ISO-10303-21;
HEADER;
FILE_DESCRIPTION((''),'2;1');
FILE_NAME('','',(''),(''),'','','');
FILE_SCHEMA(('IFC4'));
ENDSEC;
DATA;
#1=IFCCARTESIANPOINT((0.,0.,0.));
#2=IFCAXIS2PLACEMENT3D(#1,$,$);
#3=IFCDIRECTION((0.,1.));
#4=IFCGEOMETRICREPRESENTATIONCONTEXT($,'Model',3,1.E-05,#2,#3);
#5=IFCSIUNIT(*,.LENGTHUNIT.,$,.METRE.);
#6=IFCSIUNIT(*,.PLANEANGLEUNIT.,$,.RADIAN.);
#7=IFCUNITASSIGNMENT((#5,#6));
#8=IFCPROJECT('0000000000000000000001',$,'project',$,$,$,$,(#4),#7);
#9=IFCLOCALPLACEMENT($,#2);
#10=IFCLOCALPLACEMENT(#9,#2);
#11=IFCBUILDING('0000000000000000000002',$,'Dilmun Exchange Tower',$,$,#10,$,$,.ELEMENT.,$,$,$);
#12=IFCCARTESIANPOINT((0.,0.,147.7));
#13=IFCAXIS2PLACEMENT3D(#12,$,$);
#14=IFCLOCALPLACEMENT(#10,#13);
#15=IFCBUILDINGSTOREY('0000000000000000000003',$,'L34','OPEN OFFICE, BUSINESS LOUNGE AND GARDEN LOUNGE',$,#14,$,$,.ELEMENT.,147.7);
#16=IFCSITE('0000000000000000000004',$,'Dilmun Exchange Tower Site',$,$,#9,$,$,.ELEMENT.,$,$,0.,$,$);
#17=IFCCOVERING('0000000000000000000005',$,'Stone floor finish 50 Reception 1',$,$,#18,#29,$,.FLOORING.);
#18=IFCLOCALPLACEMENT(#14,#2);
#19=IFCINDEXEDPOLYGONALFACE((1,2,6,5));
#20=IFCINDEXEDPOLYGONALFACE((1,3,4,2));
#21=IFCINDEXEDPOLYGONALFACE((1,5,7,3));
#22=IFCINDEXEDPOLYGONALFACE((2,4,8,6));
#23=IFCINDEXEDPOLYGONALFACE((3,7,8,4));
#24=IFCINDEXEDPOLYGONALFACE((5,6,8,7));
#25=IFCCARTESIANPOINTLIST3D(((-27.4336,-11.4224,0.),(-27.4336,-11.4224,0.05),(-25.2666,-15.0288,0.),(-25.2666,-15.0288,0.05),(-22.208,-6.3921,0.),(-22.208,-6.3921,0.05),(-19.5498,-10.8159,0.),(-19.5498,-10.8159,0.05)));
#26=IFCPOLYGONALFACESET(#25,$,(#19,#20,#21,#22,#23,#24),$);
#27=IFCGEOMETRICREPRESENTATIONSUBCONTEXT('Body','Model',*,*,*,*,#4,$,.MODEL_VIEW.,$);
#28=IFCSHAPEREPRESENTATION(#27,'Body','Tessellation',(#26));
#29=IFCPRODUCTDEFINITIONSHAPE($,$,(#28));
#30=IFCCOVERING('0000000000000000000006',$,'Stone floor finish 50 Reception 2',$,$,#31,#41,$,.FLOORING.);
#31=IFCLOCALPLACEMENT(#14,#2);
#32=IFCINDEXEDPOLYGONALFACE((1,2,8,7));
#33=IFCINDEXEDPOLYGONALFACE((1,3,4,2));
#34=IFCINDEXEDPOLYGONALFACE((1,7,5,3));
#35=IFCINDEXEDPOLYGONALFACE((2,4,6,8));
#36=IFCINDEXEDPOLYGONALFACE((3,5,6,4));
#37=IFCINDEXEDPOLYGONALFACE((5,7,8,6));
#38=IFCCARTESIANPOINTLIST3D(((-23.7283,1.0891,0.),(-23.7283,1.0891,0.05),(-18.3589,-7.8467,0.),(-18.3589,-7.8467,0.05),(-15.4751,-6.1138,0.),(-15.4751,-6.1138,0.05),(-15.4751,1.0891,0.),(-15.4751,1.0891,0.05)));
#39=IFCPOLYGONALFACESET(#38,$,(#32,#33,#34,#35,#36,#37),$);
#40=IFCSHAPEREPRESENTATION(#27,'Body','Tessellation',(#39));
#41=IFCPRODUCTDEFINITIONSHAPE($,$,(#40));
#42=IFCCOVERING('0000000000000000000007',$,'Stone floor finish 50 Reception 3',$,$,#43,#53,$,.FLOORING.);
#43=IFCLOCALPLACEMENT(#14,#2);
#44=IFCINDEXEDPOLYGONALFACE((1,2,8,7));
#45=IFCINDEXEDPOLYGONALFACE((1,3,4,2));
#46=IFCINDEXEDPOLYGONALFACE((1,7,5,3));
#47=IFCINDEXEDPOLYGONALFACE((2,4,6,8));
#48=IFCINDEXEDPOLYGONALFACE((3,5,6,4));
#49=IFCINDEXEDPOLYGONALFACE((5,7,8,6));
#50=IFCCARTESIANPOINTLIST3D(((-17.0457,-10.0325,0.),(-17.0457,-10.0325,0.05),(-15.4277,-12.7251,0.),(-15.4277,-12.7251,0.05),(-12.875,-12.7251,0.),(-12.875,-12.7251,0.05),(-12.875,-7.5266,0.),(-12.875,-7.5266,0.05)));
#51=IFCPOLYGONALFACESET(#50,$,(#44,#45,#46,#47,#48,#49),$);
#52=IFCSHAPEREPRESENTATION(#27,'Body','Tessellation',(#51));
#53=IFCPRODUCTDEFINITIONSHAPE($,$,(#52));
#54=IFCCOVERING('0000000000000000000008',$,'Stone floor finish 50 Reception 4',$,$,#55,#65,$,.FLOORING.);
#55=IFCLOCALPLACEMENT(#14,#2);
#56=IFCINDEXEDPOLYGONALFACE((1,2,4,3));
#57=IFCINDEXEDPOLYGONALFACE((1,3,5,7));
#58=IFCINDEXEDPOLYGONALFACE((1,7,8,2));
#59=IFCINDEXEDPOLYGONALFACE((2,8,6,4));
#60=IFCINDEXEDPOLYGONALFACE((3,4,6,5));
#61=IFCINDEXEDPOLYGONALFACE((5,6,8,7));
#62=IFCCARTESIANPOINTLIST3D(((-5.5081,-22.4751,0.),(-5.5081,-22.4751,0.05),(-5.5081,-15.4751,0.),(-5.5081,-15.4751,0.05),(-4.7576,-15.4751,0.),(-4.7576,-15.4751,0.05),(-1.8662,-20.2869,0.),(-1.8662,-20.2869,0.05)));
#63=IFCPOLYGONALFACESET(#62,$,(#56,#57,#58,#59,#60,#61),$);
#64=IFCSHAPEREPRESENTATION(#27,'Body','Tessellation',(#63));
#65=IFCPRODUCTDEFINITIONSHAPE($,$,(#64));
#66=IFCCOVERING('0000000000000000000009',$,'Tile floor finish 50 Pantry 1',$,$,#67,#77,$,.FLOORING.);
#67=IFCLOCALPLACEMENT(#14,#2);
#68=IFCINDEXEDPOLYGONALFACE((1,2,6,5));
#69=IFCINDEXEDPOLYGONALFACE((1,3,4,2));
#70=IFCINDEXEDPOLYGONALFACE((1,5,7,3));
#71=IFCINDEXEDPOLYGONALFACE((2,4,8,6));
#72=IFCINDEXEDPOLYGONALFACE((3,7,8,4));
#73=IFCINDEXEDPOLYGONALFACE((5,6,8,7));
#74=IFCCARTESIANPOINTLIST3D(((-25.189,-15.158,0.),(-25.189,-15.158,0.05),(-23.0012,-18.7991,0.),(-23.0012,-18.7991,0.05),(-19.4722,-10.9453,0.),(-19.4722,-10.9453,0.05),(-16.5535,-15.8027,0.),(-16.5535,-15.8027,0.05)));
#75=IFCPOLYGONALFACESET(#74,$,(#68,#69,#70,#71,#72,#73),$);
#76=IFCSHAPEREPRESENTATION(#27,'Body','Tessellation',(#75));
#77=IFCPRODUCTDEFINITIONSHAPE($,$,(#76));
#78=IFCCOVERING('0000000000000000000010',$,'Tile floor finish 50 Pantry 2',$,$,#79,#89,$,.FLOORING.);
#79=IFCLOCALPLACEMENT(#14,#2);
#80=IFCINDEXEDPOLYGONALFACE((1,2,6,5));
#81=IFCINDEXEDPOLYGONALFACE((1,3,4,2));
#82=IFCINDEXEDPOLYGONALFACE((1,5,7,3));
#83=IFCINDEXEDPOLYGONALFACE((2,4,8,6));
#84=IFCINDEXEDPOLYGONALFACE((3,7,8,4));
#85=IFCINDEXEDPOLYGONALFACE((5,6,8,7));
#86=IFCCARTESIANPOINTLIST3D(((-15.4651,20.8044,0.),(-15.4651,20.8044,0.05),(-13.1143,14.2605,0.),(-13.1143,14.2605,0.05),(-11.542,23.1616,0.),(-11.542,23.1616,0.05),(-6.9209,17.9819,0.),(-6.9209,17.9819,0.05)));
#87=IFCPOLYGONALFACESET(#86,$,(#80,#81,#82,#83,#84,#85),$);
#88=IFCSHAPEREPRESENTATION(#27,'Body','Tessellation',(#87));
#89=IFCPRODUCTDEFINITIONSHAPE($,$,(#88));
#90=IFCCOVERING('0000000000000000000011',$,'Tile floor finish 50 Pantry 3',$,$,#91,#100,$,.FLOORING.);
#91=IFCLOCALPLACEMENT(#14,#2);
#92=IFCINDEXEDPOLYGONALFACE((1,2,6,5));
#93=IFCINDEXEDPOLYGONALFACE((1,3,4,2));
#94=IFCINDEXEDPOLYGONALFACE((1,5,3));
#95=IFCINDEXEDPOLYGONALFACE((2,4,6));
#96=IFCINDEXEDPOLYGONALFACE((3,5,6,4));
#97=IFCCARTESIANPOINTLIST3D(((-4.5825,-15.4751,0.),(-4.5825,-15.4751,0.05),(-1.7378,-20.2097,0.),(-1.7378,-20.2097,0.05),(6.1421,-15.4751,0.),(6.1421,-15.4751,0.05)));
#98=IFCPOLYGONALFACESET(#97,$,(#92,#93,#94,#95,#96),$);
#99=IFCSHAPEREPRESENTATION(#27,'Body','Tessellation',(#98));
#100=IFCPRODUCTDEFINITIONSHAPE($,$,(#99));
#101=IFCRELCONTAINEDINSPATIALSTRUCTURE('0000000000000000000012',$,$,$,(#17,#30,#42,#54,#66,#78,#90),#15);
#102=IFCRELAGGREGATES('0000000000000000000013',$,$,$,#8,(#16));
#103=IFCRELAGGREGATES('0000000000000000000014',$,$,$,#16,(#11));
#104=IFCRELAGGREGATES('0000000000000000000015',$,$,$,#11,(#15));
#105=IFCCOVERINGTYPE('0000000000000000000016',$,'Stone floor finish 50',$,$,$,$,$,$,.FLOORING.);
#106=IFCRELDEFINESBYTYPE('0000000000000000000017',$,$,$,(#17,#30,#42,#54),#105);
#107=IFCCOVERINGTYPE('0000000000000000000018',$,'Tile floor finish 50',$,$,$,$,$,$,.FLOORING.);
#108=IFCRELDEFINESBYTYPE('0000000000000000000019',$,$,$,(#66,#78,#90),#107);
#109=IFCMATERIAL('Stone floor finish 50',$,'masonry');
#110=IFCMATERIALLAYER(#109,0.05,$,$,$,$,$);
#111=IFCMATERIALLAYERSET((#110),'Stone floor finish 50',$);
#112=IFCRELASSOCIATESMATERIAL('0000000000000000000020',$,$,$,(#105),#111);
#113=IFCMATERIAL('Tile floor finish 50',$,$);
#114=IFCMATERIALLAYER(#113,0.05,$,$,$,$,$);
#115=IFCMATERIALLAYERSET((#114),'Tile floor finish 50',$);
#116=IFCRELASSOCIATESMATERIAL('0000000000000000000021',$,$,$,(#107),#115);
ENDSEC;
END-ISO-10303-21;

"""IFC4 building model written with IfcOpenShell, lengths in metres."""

from ifc_helpers import new_model, si_unit, direction, frame, origin, place, context, subcontext, project, spatial, polyline, outline, extrude, material, layer, layer_set, type_object, element, save


model = new_model("IFC4")

# Units and contexts
model_context = context("Model", 3, precision=1e-05, world=origin(), true_north=direction((0.0, 1.0)))
body_context = subcontext(model_context, "Body", "Model", "MODEL_VIEW")
ifc_project = project(units=[si_unit("LENGTHUNIT", "METRE"), si_unit("PLANEANGLEUNIT", "RADIAN")], contexts=[model_context])

# Site, building, storey
site_placement = place(None, origin())
site = spatial("IfcSite", under=ifc_project, at=site_placement, Name="Dilmun Exchange Tower Site", CompositionType="ELEMENT", RefElevation=0.0)
building_placement = place(site_placement, origin())
building = spatial("IfcBuilding", under=site, at=building_placement, Name="Dilmun Exchange Tower", CompositionType="ELEMENT")
storey_placement = place(building_placement, frame((0.0, 0.0, 147.7)))
storey = spatial("IfcBuildingStorey", under=building, at=storey_placement, Name="L34", Description="OPEN OFFICE, BUSINESS LOUNGE AND GARDEN LOUNGE", CompositionType="ELEMENT", Elevation=147.7)

# Coverings
ifc_material_1 = material(Name="Stone floor finish 50", Category="masonry")
ifc_layer_1 = layer(ifc_material_1, 0.05)
ifc_layer_set_1 = layer_set([ifc_layer_1], Name="Stone floor finish 50")
covering_type_1 = type_object("IfcCoveringType", Name="Stone floor finish 50", PredefinedType="FLOORING", material=ifc_layer_set_1)
covering_1_placement = place(storey_placement, origin())
element("IfcCovering", 1, at=covering_1_placement, inside=storey, type_object=covering_type_1, Name="Stone floor finish 50 Reception 1", PredefinedType="FLOORING", context=body_context, shape_type="SweptSolid", body=[
    extrude(outline(polyline([(-22.208, -6.3921), (-19.5498, -10.8159), (-25.2666, -15.0288), (-27.4336, -11.4224), (-22.208, -6.3921)])), origin(), (0.0, 0.0, 1.0), 0.05),
])
covering_2_placement = place(storey_placement, origin())
element("IfcCovering", 2, at=covering_2_placement, inside=storey, type_object=covering_type_1, Name="Stone floor finish 50 Reception 2", PredefinedType="FLOORING", context=body_context, shape_type="SweptSolid", body=[
    extrude(outline(polyline([(-23.7283, 1.0891), (-15.4751, 1.0891), (-15.4751, -6.1138), (-18.3589, -7.8467), (-23.7283, 1.0891)])), origin(), (0.0, 0.0, 1.0), 0.05),
])
covering_3_placement = place(storey_placement, origin())
element("IfcCovering", 3, at=covering_3_placement, inside=storey, type_object=covering_type_1, Name="Stone floor finish 50 Reception 3", PredefinedType="FLOORING", context=body_context, shape_type="SweptSolid", body=[
    extrude(outline(polyline([(-12.875, -7.5266), (-12.875, -12.7251), (-15.4277, -12.7251), (-17.0457, -10.0325), (-12.875, -7.5266)])), origin(), (0.0, 0.0, 1.0), 0.05),
])
covering_4_placement = place(storey_placement, origin())
element("IfcCovering", 4, at=covering_4_placement, inside=storey, type_object=covering_type_1, Name="Stone floor finish 50 Reception 4", PredefinedType="FLOORING", context=body_context, shape_type="SweptSolid", body=[
    extrude(outline(polyline([(-1.8662, -20.2869), (-5.5081, -22.4751), (-5.5081, -15.4751), (-4.7576, -15.4751), (-1.8662, -20.2869)])), origin(), (0.0, 0.0, 1.0), 0.05),
])
ifc_material_2 = material(Name="Tile floor finish 50")
ifc_layer_2 = layer(ifc_material_2, 0.05)
ifc_layer_set_2 = layer_set([ifc_layer_2], Name="Tile floor finish 50")
covering_type_2 = type_object("IfcCoveringType", Name="Tile floor finish 50", PredefinedType="FLOORING", material=ifc_layer_set_2)
covering_5_placement = place(storey_placement, origin())
element("IfcCovering", 5, at=covering_5_placement, inside=storey, type_object=covering_type_2, Name="Tile floor finish 50 Pantry 1", PredefinedType="FLOORING", context=body_context, shape_type="SweptSolid", body=[
    extrude(outline(polyline([(-19.4722, -10.9453), (-16.5535, -15.8027), (-23.0012, -18.7991), (-25.189, -15.158), (-19.4722, -10.9453)])), origin(), (0.0, 0.0, 1.0), 0.05),
])
covering_6_placement = place(storey_placement, origin())
element("IfcCovering", 6, at=covering_6_placement, inside=storey, type_object=covering_type_2, Name="Tile floor finish 50 Pantry 2", PredefinedType="FLOORING", context=body_context, shape_type="SweptSolid", body=[
    extrude(outline(polyline([(-6.9209, 17.9819), (-13.1143, 14.2605), (-15.4651, 20.8044), (-11.542, 23.1616), (-6.9209, 17.9819)])), origin(), (0.0, 0.0, 1.0), 0.05),
])
covering_7_placement = place(storey_placement, origin())
element("IfcCovering", 7, at=covering_7_placement, inside=storey, type_object=covering_type_2, Name="Tile floor finish 50 Pantry 3", PredefinedType="FLOORING", context=body_context, shape_type="SweptSolid", body=[
    extrude(outline(polyline([(-1.7378, -20.2097), (-4.5825, -15.4751), (6.1421, -15.4751), (-1.7378, -20.2097)])), origin(), (0.0, 0.0, 1.0), 0.05),
])

save(model, "model.ifc")
